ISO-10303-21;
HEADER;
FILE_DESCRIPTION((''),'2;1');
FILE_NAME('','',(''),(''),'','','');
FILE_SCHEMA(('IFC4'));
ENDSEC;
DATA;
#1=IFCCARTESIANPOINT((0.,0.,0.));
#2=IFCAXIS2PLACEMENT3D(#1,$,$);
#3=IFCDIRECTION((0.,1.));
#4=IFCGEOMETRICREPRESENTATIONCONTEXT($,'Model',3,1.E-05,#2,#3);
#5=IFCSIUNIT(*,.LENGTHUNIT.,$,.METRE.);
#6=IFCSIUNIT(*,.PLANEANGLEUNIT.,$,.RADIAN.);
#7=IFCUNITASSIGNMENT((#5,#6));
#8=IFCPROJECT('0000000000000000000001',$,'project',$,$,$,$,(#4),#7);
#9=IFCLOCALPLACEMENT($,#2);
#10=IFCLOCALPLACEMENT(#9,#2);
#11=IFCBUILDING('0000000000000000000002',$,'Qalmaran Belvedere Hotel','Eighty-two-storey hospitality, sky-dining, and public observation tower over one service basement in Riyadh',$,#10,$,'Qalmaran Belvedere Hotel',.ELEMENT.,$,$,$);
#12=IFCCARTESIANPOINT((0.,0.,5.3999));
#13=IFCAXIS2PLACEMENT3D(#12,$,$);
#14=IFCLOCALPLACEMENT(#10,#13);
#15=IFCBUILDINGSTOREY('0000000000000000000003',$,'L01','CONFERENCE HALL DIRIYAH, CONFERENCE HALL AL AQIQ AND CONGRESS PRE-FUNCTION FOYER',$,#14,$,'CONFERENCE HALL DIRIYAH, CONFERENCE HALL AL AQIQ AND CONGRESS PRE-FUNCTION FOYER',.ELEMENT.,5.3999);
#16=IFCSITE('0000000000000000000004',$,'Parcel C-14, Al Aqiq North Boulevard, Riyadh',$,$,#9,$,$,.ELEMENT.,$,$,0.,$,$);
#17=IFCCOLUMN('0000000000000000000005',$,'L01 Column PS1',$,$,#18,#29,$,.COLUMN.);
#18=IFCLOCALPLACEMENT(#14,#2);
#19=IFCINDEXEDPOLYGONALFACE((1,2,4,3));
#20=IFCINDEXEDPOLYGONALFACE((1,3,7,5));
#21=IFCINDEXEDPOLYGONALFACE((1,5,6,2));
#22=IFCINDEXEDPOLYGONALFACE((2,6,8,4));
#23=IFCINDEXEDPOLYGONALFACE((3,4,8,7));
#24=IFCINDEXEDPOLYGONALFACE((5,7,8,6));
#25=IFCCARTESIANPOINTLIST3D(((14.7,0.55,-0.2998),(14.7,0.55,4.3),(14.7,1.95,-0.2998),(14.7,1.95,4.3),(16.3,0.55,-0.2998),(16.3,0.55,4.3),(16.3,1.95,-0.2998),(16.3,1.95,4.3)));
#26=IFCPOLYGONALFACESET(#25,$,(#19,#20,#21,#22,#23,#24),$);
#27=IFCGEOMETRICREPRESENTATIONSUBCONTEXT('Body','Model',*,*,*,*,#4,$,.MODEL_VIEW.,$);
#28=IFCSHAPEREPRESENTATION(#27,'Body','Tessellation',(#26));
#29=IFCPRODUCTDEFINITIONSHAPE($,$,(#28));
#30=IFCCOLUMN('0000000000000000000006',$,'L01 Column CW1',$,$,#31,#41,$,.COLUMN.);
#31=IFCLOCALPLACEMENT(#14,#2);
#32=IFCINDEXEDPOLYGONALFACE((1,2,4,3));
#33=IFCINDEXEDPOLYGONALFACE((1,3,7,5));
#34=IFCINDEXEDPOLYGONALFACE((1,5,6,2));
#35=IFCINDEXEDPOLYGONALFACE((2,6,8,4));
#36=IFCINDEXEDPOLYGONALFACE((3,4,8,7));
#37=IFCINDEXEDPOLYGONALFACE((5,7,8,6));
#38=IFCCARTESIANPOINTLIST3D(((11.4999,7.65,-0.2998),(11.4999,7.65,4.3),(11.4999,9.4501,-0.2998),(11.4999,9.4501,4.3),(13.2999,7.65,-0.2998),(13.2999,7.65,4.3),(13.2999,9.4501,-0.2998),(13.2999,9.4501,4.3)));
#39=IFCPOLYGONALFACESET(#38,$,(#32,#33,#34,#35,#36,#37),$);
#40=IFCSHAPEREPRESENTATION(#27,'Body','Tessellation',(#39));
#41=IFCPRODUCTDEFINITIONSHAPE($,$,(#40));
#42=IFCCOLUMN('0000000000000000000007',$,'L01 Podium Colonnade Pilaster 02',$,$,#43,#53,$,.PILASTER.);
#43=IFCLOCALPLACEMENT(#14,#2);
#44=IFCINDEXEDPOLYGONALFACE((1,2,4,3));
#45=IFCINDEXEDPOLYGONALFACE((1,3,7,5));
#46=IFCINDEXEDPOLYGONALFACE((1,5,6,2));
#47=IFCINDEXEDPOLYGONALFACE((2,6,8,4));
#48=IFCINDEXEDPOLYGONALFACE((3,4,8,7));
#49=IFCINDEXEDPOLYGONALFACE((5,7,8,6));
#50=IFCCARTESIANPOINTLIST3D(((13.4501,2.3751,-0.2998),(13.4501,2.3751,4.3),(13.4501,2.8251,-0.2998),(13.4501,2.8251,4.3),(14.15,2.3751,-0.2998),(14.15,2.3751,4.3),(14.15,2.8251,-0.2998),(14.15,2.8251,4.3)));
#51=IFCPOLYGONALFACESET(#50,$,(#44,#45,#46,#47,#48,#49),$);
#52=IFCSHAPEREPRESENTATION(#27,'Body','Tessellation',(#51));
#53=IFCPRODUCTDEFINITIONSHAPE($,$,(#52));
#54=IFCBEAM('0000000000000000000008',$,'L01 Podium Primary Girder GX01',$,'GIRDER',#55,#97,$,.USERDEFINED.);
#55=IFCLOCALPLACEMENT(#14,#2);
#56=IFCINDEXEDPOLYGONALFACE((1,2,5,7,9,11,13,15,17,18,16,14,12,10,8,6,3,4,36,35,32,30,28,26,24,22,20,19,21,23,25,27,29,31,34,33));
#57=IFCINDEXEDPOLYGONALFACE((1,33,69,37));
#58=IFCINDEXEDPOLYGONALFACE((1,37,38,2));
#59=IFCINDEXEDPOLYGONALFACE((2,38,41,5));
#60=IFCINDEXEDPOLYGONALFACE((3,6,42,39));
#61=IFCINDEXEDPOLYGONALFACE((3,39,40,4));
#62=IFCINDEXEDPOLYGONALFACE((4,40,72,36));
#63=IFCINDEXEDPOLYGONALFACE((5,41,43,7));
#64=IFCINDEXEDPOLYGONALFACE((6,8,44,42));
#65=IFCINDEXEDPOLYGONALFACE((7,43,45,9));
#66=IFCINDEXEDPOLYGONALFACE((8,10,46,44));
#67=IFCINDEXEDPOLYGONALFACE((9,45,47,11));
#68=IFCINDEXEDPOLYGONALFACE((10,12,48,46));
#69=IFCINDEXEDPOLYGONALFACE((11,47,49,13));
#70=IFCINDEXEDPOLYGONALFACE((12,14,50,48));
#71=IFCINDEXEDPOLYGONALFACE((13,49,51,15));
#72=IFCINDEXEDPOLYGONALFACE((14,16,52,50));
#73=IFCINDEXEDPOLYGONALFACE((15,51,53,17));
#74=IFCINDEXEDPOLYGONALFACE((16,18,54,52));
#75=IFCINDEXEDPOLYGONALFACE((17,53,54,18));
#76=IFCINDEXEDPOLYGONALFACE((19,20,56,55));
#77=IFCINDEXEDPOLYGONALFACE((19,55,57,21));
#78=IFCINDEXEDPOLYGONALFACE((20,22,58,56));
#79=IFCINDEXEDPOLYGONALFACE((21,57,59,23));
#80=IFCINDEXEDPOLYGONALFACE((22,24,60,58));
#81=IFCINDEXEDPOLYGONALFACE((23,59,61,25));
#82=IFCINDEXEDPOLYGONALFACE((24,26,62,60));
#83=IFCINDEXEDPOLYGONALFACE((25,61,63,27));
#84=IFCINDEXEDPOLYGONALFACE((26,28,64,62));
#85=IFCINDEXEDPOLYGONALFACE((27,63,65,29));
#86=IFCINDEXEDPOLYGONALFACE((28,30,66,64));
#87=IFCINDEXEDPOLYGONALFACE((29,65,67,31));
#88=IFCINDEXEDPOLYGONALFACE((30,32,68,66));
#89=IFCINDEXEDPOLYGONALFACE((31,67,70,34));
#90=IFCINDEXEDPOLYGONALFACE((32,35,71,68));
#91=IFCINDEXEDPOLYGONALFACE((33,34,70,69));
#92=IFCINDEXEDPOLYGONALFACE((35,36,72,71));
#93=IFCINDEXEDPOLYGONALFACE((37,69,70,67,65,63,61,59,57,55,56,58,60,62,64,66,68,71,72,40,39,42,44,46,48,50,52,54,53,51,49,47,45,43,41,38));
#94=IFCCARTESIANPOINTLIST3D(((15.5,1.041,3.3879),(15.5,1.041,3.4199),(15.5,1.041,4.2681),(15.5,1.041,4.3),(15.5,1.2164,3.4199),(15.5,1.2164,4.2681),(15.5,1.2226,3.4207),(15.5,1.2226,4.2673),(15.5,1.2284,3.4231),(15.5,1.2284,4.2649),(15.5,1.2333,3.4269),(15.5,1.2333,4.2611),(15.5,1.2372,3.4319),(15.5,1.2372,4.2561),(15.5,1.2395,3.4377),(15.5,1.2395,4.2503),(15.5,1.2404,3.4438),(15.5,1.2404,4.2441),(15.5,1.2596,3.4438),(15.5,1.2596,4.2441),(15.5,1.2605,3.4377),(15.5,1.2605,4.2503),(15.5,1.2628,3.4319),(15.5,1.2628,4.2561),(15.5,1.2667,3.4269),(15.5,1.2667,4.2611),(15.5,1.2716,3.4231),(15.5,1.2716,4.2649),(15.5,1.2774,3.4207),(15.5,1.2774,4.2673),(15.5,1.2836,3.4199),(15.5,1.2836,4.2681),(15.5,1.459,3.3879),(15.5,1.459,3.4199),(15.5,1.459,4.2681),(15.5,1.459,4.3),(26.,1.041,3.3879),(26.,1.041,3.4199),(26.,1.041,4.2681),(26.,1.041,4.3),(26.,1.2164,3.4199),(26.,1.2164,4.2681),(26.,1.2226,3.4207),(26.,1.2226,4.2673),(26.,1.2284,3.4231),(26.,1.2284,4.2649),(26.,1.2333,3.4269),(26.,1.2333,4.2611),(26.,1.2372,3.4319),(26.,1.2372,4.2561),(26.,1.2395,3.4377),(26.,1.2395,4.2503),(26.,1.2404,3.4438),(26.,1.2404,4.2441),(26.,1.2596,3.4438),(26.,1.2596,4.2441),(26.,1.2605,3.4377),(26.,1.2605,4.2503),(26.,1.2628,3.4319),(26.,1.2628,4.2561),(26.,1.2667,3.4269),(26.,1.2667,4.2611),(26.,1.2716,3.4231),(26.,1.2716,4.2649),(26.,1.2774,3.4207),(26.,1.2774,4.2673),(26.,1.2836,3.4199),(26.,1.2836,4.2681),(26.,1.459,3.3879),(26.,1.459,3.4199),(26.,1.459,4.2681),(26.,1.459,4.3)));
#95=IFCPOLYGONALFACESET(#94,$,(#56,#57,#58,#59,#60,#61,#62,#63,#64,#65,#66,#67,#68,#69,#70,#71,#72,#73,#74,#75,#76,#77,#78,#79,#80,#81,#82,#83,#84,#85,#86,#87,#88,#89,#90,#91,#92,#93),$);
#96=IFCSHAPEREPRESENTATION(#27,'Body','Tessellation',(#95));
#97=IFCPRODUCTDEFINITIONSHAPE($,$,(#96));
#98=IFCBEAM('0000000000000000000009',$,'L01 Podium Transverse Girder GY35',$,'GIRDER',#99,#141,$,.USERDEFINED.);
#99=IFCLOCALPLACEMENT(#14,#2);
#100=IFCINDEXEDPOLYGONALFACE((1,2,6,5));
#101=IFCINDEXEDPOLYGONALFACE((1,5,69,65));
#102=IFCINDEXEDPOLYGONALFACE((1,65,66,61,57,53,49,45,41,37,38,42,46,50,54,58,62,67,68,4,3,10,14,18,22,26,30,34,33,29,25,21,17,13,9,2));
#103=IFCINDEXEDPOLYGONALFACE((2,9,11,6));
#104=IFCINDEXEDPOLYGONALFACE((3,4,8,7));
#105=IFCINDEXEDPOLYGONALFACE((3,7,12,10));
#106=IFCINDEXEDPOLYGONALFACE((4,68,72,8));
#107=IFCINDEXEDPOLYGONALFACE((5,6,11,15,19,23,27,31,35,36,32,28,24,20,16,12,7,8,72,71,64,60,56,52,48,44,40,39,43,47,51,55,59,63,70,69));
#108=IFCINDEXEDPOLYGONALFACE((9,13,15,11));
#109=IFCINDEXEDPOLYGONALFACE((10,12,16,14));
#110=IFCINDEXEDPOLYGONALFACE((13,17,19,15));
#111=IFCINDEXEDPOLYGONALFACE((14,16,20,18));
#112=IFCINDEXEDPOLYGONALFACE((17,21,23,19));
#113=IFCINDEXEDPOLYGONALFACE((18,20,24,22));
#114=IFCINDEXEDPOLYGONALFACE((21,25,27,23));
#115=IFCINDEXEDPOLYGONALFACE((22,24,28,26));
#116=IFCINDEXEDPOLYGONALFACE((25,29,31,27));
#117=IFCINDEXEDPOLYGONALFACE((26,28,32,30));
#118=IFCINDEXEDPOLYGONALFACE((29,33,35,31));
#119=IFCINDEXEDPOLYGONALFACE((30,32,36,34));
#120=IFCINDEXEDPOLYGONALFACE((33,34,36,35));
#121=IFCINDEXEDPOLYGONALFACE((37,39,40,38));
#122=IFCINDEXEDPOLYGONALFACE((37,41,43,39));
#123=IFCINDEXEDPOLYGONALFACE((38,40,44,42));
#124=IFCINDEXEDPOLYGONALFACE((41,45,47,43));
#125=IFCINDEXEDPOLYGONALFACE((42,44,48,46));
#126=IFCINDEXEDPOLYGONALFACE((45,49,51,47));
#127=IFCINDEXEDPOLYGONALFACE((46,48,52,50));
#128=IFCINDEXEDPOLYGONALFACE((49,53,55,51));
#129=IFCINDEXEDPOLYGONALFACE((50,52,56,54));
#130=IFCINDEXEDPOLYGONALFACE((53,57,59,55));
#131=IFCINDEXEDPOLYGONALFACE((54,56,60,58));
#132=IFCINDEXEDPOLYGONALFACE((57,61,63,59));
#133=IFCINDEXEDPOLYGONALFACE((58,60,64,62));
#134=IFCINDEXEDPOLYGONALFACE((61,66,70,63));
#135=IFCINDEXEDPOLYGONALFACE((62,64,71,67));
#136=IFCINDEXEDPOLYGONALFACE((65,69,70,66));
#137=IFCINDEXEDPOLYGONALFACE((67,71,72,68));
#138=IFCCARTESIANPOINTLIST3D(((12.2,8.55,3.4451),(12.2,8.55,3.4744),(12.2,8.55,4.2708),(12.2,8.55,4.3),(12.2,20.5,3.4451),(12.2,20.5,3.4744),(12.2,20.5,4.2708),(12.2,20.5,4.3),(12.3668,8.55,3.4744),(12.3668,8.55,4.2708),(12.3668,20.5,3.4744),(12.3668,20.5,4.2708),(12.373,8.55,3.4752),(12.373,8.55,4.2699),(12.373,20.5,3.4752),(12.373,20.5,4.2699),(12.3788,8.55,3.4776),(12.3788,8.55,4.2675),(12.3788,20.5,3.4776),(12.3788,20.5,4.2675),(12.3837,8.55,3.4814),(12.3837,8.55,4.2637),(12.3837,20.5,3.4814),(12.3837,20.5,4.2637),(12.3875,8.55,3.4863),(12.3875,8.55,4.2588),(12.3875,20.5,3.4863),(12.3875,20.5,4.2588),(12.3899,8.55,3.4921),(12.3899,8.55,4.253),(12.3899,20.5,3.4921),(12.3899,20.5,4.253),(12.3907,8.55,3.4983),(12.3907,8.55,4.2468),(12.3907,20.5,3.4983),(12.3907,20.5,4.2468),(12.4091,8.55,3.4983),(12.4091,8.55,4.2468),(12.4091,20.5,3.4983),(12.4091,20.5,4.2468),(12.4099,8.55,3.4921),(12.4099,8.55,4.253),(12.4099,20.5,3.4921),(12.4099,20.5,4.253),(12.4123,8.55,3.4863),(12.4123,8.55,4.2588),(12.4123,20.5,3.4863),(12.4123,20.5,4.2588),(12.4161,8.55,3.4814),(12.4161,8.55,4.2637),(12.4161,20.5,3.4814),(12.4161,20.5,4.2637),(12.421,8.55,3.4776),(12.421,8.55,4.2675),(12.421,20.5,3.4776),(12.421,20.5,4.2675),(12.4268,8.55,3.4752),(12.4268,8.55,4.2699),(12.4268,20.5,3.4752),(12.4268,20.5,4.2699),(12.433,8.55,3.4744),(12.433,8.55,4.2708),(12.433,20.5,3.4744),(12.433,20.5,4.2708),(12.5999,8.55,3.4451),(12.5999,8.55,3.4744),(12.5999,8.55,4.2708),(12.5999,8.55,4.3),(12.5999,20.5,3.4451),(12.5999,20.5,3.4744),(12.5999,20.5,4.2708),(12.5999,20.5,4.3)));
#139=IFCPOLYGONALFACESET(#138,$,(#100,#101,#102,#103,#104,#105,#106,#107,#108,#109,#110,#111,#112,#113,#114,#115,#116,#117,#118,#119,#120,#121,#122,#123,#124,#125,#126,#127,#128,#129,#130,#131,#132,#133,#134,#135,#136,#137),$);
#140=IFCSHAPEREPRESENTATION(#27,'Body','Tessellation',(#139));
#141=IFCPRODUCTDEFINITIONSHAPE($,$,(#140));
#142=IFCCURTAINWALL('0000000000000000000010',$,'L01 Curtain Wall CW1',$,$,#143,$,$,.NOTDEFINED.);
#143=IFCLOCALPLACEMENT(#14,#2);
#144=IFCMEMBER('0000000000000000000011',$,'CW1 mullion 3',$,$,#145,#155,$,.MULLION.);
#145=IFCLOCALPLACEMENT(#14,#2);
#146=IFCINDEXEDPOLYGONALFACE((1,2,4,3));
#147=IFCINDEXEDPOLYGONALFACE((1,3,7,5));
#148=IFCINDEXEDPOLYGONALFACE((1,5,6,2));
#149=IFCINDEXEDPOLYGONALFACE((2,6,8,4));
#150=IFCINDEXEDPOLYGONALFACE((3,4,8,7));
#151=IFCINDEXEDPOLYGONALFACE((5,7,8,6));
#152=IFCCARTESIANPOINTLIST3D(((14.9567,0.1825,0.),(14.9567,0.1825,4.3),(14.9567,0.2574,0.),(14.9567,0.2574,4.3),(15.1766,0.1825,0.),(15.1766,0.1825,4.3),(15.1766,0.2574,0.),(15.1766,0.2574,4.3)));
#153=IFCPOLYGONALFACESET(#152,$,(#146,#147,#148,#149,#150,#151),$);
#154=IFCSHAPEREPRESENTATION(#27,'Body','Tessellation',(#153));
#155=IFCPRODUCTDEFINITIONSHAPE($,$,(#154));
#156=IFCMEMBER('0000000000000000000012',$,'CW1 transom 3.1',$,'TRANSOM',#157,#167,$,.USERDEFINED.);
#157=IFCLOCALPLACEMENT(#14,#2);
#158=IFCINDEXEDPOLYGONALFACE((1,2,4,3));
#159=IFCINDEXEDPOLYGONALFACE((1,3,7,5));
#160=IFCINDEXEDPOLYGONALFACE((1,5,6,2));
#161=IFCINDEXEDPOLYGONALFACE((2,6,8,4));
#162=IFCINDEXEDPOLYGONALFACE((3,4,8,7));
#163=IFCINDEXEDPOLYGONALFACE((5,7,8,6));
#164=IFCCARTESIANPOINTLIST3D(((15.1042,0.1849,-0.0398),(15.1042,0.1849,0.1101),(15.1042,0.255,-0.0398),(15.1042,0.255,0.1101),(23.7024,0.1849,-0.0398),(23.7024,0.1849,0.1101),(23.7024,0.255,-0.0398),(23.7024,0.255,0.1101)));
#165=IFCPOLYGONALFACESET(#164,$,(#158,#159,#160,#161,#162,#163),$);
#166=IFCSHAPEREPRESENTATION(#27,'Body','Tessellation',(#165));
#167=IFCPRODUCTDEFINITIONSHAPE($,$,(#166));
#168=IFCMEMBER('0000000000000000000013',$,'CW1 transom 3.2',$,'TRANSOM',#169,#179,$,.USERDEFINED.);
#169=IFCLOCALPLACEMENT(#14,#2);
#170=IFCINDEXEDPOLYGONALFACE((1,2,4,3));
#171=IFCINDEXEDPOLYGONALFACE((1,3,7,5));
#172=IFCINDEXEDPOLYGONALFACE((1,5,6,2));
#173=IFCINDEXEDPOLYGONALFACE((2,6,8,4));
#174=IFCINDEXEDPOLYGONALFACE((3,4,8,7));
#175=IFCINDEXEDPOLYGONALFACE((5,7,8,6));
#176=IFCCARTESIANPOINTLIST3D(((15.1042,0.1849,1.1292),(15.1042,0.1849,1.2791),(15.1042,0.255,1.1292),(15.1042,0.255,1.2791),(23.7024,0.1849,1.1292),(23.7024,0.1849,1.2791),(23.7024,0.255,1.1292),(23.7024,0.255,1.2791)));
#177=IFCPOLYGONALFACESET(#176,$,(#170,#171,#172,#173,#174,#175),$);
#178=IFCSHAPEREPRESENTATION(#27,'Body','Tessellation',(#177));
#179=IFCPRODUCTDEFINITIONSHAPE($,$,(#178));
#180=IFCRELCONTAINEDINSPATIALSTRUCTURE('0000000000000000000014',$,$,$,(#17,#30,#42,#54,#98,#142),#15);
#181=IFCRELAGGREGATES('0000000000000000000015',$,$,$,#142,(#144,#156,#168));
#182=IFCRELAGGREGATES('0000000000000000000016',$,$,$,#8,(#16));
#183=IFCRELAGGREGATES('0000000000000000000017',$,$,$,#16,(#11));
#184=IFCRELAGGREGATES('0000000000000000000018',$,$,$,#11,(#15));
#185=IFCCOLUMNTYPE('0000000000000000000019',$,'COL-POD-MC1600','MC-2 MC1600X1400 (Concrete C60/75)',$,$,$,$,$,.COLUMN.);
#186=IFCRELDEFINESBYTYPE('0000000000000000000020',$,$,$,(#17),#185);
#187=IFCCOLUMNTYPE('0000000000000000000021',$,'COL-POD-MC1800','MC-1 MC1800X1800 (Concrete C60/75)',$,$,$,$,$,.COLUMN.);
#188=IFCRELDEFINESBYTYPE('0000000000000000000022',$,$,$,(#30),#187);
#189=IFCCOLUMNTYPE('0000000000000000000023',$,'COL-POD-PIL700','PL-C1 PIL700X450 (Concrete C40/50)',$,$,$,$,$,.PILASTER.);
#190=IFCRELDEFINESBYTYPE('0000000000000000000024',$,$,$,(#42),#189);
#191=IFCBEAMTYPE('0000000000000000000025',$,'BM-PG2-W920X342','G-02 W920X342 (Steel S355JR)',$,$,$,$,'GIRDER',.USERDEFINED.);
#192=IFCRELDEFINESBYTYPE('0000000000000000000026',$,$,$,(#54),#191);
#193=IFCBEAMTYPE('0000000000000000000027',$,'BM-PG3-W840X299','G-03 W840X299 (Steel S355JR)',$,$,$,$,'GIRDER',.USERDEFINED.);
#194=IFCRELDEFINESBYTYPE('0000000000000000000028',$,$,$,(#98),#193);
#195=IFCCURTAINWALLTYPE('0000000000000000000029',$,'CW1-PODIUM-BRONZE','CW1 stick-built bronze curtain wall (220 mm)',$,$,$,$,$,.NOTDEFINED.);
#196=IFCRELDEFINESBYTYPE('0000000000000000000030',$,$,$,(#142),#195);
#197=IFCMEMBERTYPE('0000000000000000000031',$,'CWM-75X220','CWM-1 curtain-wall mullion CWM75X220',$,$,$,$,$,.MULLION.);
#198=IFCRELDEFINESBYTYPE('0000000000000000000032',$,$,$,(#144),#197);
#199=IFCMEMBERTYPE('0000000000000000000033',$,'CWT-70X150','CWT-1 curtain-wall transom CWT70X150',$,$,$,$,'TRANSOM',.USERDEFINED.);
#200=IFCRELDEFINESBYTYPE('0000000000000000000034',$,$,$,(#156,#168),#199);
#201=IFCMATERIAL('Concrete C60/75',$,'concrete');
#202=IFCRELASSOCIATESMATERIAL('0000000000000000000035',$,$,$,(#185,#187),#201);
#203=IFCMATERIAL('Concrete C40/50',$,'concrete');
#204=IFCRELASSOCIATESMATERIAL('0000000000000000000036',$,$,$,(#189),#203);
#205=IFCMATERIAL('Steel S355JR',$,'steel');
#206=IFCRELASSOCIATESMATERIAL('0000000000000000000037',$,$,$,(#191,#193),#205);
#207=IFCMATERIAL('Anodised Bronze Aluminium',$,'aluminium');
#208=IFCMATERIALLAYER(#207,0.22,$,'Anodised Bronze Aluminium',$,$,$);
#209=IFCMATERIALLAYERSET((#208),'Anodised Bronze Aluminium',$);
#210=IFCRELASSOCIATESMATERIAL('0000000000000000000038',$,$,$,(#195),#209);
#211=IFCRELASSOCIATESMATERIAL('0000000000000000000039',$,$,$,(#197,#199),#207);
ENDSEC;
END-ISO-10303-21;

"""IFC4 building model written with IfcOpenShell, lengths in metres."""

from ifc_helpers import new_model, si_unit, direction, frame, origin, origin_2d, place, context, subcontext, project, spatial, rectangle, i_section, extrude, material, layer, layer_set, material_profile, profile_set, type_object, element, aggregate, save


model = new_model("IFC4")

# Units and contexts
model_context = context("Model", 3, precision=1e-05, world=origin(), true_north=direction((0.0, 1.0)))
body_context = subcontext(model_context, "Body", "Model", "MODEL_VIEW")
ifc_project = project(units=[si_unit("LENGTHUNIT", "METRE"), si_unit("PLANEANGLEUNIT", "RADIAN")], contexts=[model_context])

# Site, building, storey
site_placement = place(None, origin())
site = spatial("IfcSite", under=ifc_project, at=site_placement, Name="Parcel C-14, Al Aqiq North Boulevard, Riyadh", CompositionType="ELEMENT", RefElevation=0.0)
building_placement = place(site_placement, origin())
building = spatial("IfcBuilding", under=site, at=building_placement, Name="Qalmaran Belvedere Hotel", Description="Eighty-two-storey hospitality, sky-dining, and public observation tower over one service basement in Riyadh", LongName="Qalmaran Belvedere Hotel", CompositionType="ELEMENT")
storey_placement = place(building_placement, frame((0.0, 0.0, 5.3999)))
storey = spatial("IfcBuildingStorey", under=building, at=storey_placement, Name="L01", Description="CONFERENCE HALL DIRIYAH, CONFERENCE HALL AL AQIQ AND CONGRESS PRE-FUNCTION FOYER", LongName="CONFERENCE HALL DIRIYAH, CONFERENCE HALL AL AQIQ AND CONGRESS PRE-FUNCTION FOYER", CompositionType="ELEMENT", Elevation=5.3999)

# Columns
ifc_material_1 = material(Name="Concrete C60/75", Category="concrete")
ifc_material_profile_1 = material_profile(ifc_material_1, rectangle(XDim=1.6001, YDim=1.3999, at=origin_2d()), Name="MC1600X1400")
ifc_profile_set_1 = profile_set([ifc_material_profile_1], Name="Concrete C60/75")
column_type_1 = type_object("IfcColumnType", Name="COL-POD-MC1600", Description="MC-2 MC1600X1400 (Concrete C60/75)", PredefinedType="COLUMN", material=ifc_profile_set_1)
column_1_placement = place(storey_placement, frame((15.5, 1.25, -0.2998), z_axis=(0.0, 0.0, 1.0), x_axis=(1.0, 0.0, 0.0)))
element("IfcColumn", 1, at=column_1_placement, inside=storey, type_object=column_type_1, Name="L01 Column PS1", PredefinedType="COLUMN", context=body_context, shape_type="SweptSolid", body=[
    extrude(rectangle(XDim=1.6001, YDim=1.3999, at=origin_2d()), origin(), (0.0, 0.0, 1.0), 4.5999),
])
ifc_material_profile_2 = material_profile(ifc_material_1, rectangle(XDim=1.8, YDim=1.8, at=origin_2d()), Name="MC1800X1800")
ifc_profile_set_2 = profile_set([ifc_material_profile_2], Name="Concrete C60/75")
column_type_2 = type_object("IfcColumnType", Name="COL-POD-MC1800", Description="MC-1 MC1800X1800 (Concrete C60/75)", PredefinedType="COLUMN", material=ifc_profile_set_2)
column_2_placement = place(storey_placement, frame((12.3999, 8.55, -0.2998), z_axis=(0.0, 0.0, 1.0), x_axis=(1.0, 0.0, 0.0)))
element("IfcColumn", 2, at=column_2_placement, inside=storey, type_object=column_type_2, Name="L01 Column CW1", PredefinedType="COLUMN", context=body_context, shape_type="SweptSolid", body=[
    extrude(rectangle(XDim=1.8, YDim=1.8, at=origin_2d()), origin(), (0.0, 0.0, 1.0), 4.5999),
])
ifc_material_2 = material(Name="Concrete C40/50", Category="concrete")
ifc_material_profile_3 = material_profile(ifc_material_2, rectangle(XDim=0.7, YDim=0.45, at=origin_2d()), Name="PIL700X450")
ifc_profile_set_3 = profile_set([ifc_material_profile_3], Name="Concrete C40/50")
column_type_3 = type_object("IfcColumnType", Name="COL-POD-PIL700", Description="PL-C1 PIL700X450 (Concrete C40/50)", PredefinedType="PILASTER", material=ifc_profile_set_3)
column_3_placement = place(storey_placement, frame((13.8, 2.6001, -0.2998), z_axis=(0.0, 0.0, 1.0), x_axis=(1.0, 0.0, 0.0)))
element("IfcColumn", 3, at=column_3_placement, inside=storey, type_object=column_type_3, Name="L01 Podium Colonnade Pilaster 02", PredefinedType="PILASTER", context=body_context, shape_type="SweptSolid", body=[
    extrude(rectangle(XDim=0.7, YDim=0.45, at=origin_2d()), origin(), (0.0, 0.0, 1.0), 4.5999),
])

# Beams
ifc_material_3 = material(Name="Steel S355JR", Category="steel")
ifc_material_profile_4 = material_profile(ifc_material_3, i_section(OverallWidth=0.418, OverallDepth=0.9121, WebThickness=0.0193, FlangeThickness=0.032, FilletRadius=0.0239, at=origin_2d()), Name="W920X342")
ifc_profile_set_4 = profile_set([ifc_material_profile_4], Name="Steel S355JR")
beam_type_1 = type_object("IfcBeamType", Name="BM-PG2-W920X342", Description="G-02 W920X342 (Steel S355JR)", ElementType="GIRDER", PredefinedType="USERDEFINED", material=ifc_profile_set_4)
beam_1_placement = place(storey_placement, frame((15.5, 1.25, 3.844), z_axis=(1.0, 0.0, 0.0), x_axis=(0.0, 1.0, 0.0)))
element("IfcBeam", 4, at=beam_1_placement, inside=storey, type_object=beam_type_1, Name="L01 Podium Primary Girder GX01", ObjectType="GIRDER", PredefinedType="USERDEFINED", context=body_context, shape_type="SweptSolid", body=[
    extrude(i_section(OverallWidth=0.418, OverallDepth=0.9121, WebThickness=0.0193, FlangeThickness=0.032, FilletRadius=0.0239, at=origin_2d()), origin(), (0.0, 0.0, 1.0), 10.5),
])
ifc_material_profile_5 = material_profile(ifc_material_3, i_section(OverallWidth=0.3999, OverallDepth=0.855, WebThickness=0.0183, FlangeThickness=0.0293, FilletRadius=0.0239, at=origin_2d()), Name="W840X299")
ifc_profile_set_5 = profile_set([ifc_material_profile_5], Name="Steel S355JR")
beam_type_2 = type_object("IfcBeamType", Name="BM-PG3-W840X299", Description="G-03 W840X299 (Steel S355JR)", ElementType="GIRDER", PredefinedType="USERDEFINED", material=ifc_profile_set_5)
beam_2_placement = place(storey_placement, frame((12.3999, 8.55, 3.8726), z_axis=(0.0, 1.0, 0.0), x_axis=(-1.0, 0.0, 0.0)))
element("IfcBeam", 5, at=beam_2_placement, inside=storey, type_object=beam_type_2, Name="L01 Podium Transverse Girder GY35", ObjectType="GIRDER", PredefinedType="USERDEFINED", context=body_context, shape_type="SweptSolid", body=[
    extrude(i_section(OverallWidth=0.3999, OverallDepth=0.855, WebThickness=0.0183, FlangeThickness=0.0293, FilletRadius=0.0239, at=origin_2d()), origin(), (0.0, 0.0, 1.0), 11.95),
])

# Curtain wall, members
ifc_material_4 = material(Name="Anodised Bronze Aluminium", Category="aluminium")
ifc_layer_1 = layer(ifc_material_4, 0.22, Name="Anodised Bronze Aluminium")
ifc_layer_set_1 = layer_set([ifc_layer_1], Name="Anodised Bronze Aluminium")
curtain_wall_type = type_object("IfcCurtainWallType", Name="CW1-PODIUM-BRONZE", Description="CW1 stick-built bronze curtain wall (220 mm)", PredefinedType="NOTDEFINED", material=ifc_layer_set_1)
curtain_wall_placement = place(storey_placement, origin())
curtain_wall = element("IfcCurtainWall", 6, at=curtain_wall_placement, inside=storey, type_object=curtain_wall_type, Name="L01 Curtain Wall CW1", PredefinedType="NOTDEFINED")
ifc_material_profile_6 = material_profile(ifc_material_4, rectangle(XDim=0.075, YDim=0.22, at=origin_2d()), Name="CWM75X220")
ifc_profile_set_6 = profile_set([ifc_material_profile_6], Name="Anodised Bronze Aluminium")
member_type_1 = type_object("IfcMemberType", Name="CWM-75X220", Description="CWM-1 curtain-wall mullion CWM75X220", PredefinedType="MULLION", material=ifc_profile_set_6)
member_1_placement = place(storey_placement, frame((15.0667, 0.22, 0.0), z_axis=(0.0, 0.0, 1.0), x_axis=(0.0, 1.0, 0.0)))
member_1 = element("IfcMember", 7, at=member_1_placement, type_object=member_type_1, Name="CW1 mullion 3", PredefinedType="MULLION", context=body_context, shape_type="SweptSolid", body=[
    extrude(rectangle(XDim=0.075, YDim=0.22, at=origin_2d()), origin(), (0.0, 0.0, 1.0), 4.3),
])
ifc_material_profile_7 = material_profile(ifc_material_4, rectangle(XDim=0.0701, YDim=0.1499, at=origin_2d()), Name="CWT70X150")
ifc_profile_set_7 = profile_set([ifc_material_profile_7], Name="Anodised Bronze Aluminium")
member_type_2 = type_object("IfcMemberType", Name="CWT-70X150", Description="CWT-1 curtain-wall transom CWT70X150", ElementType="TRANSOM", PredefinedType="USERDEFINED", material=ifc_profile_set_7)
member_2_placement = place(storey_placement, frame((15.1042, 0.22, 0.0352), z_axis=(1.0, 0.0, 0.0), x_axis=(0.0, 1.0, 0.0)))
member_2 = element("IfcMember", 8, at=member_2_placement, type_object=member_type_2, Name="CW1 transom 3.1", ObjectType="TRANSOM", PredefinedType="USERDEFINED", context=body_context, shape_type="SweptSolid", body=[
    extrude(rectangle(XDim=0.0701, YDim=0.1499, at=origin_2d()), origin(), (0.0, 0.0, 1.0), 8.5981),
])
member_3_placement = place(storey_placement, frame((15.1042, 0.22, 1.2041), z_axis=(1.0, 0.0, 0.0), x_axis=(0.0, 1.0, 0.0)))
member_3 = element("IfcMember", 9, at=member_3_placement, type_object=member_type_2, Name="CW1 transom 3.2", ObjectType="TRANSOM", PredefinedType="USERDEFINED", context=body_context, shape_type="SweptSolid", body=[
    extrude(rectangle(XDim=0.0701, YDim=0.1499, at=origin_2d()), origin(), (0.0, 0.0, 1.0), 8.5981),
])
aggregate(curtain_wall, [member_1, member_2, member_3])

save(model, "model.ifc")
